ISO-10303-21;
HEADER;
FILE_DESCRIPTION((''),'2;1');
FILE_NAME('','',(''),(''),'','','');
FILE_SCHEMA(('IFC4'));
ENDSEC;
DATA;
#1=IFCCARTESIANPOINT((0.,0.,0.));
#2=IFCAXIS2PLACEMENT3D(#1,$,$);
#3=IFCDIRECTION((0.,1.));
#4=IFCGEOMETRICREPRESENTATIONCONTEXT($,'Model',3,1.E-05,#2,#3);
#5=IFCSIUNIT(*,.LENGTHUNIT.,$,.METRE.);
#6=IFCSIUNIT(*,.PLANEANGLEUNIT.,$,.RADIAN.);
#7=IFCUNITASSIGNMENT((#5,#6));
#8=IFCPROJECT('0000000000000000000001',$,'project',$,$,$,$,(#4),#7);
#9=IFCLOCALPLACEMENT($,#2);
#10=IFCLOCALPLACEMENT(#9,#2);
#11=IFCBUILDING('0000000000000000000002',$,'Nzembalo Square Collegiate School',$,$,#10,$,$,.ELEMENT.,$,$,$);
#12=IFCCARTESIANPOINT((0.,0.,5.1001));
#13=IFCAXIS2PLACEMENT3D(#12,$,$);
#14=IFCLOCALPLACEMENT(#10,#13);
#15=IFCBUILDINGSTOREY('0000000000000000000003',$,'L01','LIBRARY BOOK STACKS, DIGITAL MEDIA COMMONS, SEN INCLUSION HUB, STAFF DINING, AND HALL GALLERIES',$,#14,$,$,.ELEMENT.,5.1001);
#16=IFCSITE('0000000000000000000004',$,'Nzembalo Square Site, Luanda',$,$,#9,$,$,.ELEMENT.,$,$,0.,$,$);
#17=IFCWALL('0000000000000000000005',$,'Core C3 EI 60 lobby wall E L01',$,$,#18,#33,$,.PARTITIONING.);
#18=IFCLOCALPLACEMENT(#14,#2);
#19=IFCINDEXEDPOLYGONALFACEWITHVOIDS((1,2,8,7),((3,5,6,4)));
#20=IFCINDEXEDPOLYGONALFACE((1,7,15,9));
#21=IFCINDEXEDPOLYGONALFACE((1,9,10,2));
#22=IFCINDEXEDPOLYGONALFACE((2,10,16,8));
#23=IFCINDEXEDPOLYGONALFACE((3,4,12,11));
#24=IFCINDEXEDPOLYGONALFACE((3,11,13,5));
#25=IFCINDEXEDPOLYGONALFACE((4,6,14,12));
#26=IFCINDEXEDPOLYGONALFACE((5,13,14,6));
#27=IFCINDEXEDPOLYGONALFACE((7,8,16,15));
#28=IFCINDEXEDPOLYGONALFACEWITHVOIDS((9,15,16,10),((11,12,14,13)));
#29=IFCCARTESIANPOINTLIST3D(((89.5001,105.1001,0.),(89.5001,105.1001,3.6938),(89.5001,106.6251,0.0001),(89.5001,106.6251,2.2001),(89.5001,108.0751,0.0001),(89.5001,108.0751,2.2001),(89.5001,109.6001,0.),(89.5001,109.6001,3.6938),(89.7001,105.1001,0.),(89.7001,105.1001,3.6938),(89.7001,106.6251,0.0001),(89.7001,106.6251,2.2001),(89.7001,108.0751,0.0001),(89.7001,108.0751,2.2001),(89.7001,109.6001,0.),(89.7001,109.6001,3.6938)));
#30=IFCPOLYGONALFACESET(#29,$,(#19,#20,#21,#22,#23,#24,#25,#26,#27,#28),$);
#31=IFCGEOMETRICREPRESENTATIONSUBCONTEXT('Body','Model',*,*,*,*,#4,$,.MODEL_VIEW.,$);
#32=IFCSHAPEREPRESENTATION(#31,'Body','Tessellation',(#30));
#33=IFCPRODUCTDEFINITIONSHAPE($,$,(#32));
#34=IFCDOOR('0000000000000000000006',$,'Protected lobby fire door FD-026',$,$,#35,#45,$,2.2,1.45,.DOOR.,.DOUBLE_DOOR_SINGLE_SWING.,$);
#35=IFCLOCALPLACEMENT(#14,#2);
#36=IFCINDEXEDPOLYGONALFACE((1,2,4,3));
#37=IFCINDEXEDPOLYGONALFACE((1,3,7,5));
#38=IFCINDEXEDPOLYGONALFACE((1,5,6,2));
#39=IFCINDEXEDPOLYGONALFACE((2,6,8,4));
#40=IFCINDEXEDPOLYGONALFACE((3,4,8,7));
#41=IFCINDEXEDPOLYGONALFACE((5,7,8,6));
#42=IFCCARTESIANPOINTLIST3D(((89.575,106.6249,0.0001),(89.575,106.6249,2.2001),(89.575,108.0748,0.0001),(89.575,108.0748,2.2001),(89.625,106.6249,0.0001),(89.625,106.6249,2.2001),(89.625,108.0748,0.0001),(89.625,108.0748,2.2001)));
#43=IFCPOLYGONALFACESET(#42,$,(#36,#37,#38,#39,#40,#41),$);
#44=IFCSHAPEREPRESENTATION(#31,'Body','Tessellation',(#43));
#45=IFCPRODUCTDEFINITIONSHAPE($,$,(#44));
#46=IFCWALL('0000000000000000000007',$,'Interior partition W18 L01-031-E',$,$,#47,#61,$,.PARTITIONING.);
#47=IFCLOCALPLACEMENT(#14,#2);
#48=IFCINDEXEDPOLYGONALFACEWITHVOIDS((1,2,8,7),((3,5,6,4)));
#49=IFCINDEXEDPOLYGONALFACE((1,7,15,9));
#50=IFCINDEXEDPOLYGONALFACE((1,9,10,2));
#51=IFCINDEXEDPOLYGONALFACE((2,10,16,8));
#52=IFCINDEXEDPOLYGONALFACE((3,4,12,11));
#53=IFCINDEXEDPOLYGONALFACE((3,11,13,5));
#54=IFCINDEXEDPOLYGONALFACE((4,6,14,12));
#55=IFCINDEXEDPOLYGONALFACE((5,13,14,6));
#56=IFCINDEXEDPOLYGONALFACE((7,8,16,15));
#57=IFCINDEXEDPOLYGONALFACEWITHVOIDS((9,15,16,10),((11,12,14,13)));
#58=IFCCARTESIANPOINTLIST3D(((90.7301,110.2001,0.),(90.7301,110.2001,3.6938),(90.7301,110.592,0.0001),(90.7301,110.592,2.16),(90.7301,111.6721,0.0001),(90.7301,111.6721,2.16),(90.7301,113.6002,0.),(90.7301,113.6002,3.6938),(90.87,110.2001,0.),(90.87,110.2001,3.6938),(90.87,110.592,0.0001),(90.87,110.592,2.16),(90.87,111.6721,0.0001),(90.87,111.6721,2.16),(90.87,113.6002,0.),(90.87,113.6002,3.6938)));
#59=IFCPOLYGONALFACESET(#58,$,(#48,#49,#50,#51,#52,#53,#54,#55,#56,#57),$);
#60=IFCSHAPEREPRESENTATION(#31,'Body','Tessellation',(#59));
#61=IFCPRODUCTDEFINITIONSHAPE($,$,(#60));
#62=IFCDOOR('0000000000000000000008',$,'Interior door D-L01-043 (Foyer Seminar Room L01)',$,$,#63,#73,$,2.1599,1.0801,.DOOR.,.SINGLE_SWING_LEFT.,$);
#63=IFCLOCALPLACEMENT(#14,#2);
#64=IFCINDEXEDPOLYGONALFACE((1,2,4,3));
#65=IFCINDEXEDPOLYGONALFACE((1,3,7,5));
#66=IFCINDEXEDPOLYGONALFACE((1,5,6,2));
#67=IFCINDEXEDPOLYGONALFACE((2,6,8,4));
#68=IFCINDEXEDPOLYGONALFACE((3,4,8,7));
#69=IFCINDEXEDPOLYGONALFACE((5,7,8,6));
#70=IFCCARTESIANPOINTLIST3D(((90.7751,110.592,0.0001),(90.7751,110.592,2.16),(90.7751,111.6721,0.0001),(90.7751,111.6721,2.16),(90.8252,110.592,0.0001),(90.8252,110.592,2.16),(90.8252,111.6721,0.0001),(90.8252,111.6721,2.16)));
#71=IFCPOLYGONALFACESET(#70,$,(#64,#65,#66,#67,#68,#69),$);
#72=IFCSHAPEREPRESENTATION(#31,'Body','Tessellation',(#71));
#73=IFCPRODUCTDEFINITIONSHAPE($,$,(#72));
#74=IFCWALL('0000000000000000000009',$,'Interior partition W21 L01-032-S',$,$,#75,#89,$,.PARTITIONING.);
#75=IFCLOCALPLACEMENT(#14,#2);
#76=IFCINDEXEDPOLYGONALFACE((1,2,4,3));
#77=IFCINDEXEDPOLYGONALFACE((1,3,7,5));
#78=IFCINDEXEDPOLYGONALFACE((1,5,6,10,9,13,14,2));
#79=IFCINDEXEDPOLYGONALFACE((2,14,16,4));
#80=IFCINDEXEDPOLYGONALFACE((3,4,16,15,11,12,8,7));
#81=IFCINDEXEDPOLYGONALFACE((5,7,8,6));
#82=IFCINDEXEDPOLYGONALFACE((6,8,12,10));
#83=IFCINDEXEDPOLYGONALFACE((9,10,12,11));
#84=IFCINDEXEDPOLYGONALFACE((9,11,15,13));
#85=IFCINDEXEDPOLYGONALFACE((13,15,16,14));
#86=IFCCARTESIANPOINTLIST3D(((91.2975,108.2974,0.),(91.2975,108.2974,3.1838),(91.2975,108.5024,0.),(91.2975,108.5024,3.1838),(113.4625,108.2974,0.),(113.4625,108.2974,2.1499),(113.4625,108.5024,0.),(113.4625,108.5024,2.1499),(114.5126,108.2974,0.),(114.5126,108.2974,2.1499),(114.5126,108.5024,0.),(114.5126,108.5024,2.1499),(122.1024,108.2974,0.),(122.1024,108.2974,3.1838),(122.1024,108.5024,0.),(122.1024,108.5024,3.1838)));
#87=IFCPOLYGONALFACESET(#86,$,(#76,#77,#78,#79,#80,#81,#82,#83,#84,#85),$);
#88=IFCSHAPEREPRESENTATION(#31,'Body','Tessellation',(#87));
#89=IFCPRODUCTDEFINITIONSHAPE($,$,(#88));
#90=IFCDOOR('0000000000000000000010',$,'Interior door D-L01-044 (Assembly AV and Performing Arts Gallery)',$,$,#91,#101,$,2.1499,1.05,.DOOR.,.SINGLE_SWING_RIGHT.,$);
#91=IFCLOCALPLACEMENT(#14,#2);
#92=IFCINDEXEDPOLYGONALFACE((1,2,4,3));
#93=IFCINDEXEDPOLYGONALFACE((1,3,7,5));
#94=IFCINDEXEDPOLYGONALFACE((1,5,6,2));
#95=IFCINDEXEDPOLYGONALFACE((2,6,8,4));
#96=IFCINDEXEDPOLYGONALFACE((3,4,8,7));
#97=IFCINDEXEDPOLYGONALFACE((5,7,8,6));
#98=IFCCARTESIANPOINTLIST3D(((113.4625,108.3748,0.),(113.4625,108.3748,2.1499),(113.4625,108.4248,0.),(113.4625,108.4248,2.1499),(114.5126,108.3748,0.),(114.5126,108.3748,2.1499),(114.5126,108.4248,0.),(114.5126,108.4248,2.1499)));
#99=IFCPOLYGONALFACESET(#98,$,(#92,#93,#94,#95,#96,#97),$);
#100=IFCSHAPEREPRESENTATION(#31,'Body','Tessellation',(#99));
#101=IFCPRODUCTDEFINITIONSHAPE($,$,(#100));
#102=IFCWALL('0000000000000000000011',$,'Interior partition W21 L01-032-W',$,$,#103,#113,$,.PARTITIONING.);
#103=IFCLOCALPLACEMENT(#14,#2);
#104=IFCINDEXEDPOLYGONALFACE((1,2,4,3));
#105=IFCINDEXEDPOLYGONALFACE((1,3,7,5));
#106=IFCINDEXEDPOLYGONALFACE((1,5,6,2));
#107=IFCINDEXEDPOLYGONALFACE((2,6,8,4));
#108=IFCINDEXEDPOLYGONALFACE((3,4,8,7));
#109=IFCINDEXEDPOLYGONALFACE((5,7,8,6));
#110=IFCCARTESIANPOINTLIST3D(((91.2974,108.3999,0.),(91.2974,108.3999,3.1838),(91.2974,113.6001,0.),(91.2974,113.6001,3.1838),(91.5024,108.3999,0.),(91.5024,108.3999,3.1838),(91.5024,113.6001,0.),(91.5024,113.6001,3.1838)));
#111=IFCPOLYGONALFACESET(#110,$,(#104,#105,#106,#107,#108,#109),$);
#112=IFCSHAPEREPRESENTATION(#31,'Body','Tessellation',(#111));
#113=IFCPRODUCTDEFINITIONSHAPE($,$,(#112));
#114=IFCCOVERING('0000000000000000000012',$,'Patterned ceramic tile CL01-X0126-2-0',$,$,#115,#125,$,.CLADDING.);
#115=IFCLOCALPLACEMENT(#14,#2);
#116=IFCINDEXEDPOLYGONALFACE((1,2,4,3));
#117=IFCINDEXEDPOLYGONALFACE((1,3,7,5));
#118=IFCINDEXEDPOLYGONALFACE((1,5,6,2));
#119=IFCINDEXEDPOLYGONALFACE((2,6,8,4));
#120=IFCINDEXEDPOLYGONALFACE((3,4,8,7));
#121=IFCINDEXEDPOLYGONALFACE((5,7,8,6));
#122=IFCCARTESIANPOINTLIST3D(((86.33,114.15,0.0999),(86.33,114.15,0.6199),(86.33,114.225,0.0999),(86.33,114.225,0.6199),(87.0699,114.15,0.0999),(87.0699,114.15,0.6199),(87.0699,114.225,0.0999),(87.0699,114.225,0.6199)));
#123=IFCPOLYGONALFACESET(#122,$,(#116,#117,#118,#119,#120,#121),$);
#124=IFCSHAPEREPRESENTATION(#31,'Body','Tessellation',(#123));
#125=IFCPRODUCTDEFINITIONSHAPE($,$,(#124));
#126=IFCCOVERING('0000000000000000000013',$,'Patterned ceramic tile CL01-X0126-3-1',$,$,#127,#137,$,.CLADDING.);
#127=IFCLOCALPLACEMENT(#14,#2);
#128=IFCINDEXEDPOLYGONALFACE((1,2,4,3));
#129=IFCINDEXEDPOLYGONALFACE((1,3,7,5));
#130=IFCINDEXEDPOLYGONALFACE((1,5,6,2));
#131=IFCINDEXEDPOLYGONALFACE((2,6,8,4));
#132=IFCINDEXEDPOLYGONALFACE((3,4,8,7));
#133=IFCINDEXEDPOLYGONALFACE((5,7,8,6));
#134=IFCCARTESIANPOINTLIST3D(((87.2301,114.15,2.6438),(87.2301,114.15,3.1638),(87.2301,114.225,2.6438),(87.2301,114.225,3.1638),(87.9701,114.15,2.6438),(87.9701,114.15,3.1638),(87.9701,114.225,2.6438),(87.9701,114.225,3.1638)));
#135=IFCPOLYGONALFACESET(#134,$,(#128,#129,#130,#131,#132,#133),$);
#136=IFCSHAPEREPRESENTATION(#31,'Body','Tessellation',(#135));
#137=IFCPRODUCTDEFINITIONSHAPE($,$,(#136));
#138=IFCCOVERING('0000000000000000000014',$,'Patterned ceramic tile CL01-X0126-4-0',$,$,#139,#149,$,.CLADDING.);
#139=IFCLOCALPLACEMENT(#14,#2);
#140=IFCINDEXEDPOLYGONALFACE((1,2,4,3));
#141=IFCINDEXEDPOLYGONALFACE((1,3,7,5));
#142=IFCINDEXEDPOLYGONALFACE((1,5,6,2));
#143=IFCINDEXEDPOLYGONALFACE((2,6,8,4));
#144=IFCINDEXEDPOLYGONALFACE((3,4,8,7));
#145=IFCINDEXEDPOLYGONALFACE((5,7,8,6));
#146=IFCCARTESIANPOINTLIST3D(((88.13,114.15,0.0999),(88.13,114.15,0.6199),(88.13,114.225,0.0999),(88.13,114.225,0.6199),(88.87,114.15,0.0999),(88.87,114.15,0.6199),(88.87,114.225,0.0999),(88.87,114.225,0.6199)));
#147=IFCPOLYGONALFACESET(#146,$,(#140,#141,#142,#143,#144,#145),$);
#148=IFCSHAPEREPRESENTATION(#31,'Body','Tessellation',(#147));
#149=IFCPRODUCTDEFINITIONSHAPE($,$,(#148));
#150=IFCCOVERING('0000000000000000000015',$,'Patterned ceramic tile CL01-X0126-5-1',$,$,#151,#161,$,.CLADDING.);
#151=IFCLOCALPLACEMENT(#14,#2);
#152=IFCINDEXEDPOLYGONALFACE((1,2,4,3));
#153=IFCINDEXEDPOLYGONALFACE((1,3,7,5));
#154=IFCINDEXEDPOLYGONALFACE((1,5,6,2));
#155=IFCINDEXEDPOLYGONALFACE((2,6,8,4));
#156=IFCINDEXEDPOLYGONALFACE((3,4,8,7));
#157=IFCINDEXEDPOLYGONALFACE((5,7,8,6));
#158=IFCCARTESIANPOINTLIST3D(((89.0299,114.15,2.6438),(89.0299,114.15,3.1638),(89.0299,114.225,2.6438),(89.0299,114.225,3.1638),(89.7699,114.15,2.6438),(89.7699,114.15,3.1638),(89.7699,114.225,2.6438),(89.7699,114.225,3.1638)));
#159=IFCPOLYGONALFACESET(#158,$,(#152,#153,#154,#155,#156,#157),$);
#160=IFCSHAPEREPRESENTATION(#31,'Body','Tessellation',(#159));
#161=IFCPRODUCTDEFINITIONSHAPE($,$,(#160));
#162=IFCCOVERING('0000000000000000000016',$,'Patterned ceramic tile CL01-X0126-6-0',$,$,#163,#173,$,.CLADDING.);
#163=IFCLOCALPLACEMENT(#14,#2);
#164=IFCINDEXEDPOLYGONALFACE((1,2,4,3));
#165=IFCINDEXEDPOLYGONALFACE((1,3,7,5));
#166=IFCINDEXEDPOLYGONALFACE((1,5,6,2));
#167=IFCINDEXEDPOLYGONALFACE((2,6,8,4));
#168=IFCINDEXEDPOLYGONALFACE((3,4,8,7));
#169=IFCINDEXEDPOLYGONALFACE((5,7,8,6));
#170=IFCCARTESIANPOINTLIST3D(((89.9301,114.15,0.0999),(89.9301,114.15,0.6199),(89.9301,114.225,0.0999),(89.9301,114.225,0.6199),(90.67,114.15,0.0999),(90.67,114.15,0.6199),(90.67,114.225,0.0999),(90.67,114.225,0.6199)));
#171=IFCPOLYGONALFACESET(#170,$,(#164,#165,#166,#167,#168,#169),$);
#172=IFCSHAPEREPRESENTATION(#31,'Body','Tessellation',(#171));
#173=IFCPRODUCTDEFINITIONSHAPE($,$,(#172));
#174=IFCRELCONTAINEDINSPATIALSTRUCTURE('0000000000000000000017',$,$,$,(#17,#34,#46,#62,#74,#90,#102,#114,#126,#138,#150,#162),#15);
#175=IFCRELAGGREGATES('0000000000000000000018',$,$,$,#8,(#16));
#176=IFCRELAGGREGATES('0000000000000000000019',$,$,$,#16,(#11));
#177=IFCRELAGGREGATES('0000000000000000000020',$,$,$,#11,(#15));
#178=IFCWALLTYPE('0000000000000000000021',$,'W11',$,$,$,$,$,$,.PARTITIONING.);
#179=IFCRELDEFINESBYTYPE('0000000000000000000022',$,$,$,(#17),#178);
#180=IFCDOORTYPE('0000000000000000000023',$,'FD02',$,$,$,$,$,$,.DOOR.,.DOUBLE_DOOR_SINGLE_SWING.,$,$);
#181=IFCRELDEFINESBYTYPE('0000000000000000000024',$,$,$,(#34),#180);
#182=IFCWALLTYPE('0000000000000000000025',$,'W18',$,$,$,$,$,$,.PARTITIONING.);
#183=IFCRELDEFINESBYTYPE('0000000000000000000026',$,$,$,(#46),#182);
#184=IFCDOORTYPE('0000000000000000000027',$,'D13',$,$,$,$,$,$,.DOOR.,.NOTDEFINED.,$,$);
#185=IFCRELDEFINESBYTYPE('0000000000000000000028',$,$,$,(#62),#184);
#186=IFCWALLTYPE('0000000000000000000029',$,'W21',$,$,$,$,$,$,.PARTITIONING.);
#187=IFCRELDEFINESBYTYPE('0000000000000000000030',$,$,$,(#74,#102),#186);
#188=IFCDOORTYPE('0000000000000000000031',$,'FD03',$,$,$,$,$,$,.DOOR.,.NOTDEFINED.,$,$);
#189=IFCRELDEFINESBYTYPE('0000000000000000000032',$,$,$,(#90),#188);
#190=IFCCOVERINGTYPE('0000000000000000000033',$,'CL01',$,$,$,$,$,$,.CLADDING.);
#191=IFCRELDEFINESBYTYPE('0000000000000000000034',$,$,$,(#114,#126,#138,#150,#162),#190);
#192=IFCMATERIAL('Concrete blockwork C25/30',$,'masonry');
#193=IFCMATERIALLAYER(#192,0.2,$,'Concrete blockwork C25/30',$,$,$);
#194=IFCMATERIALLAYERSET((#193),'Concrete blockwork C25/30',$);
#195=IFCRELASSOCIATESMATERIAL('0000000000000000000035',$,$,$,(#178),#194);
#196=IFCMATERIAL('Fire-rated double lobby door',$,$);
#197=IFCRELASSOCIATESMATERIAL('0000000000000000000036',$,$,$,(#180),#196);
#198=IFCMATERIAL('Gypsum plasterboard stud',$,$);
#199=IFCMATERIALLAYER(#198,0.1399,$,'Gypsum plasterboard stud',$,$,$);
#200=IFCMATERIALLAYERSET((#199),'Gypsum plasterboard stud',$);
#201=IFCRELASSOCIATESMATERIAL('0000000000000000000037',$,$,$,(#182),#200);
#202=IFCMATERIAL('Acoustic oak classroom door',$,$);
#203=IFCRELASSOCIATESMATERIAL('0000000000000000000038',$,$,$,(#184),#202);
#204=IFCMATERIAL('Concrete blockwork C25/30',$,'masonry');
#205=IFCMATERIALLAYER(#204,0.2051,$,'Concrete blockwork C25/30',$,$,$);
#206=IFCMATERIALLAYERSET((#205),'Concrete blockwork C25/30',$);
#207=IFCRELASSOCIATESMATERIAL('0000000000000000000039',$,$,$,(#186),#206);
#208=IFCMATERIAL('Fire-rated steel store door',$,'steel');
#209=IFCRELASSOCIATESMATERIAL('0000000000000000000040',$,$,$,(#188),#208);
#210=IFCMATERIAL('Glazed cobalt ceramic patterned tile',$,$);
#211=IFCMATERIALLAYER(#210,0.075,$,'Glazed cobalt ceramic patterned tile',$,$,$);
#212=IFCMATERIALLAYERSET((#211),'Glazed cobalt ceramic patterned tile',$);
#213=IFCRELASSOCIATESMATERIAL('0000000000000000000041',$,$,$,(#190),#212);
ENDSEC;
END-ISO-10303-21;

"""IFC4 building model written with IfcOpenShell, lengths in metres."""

from ifc_helpers import new_model, si_unit, direction, frame, frame_2d, origin, origin_2d, place, context, subcontext, project, spatial, rectangle, extrude, material, layer, layer_set, type_object, element, fill, save


model = new_model("IFC4")

# Units and contexts
model_context = context("Model", 3, precision=1e-05, world=origin(), true_north=direction((0.0, 1.0)))
body_context = subcontext(model_context, "Body", "Model", "MODEL_VIEW")
ifc_project = project(units=[si_unit("LENGTHUNIT", "METRE"), si_unit("PLANEANGLEUNIT", "RADIAN")], contexts=[model_context])

# Site, building, storey
site_placement = place(None, origin())
site = spatial("IfcSite", under=ifc_project, at=site_placement, Name="Nzembalo Square Site, Luanda", CompositionType="ELEMENT", RefElevation=0.0)
building_placement = place(site_placement, origin())
building = spatial("IfcBuilding", under=site, at=building_placement, Name="Nzembalo Square Collegiate School", CompositionType="ELEMENT")
storey_placement = place(building_placement, frame((0.0, 0.0, 5.1001)))
storey = spatial("IfcBuildingStorey", under=building, at=storey_placement, Name="L01", Description="LIBRARY BOOK STACKS, DIGITAL MEDIA COMMONS, SEN INCLUSION HUB, STAFF DINING, AND HALL GALLERIES", CompositionType="ELEMENT", Elevation=5.1001)

# Walls, openings, doors
ifc_material_1 = material(Name="Concrete blockwork C25/30", Category="masonry")
ifc_layer_1 = layer(ifc_material_1, 0.2, Name="Concrete blockwork C25/30")
ifc_layer_set_1 = layer_set([ifc_layer_1], Name="Concrete blockwork C25/30")
wall_type_1 = type_object("IfcWallType", Name="W11", PredefinedType="PARTITIONING", material=ifc_layer_set_1)
wall_1_placement = place(storey_placement, frame((89.6001, 105.1001, 0.0), z_axis=(0.0, 0.0, 1.0), x_axis=(0.0, 1.0, 0.0)))
wall_1 = element("IfcWall", 1, at=wall_1_placement, inside=storey, type_object=wall_type_1, Name="Core C3 EI 60 lobby wall E L01", PredefinedType="PARTITIONING", context=body_context, shape_type="SweptSolid", body=[
    extrude(rectangle(XDim=4.5, YDim=0.2, at=frame_2d((2.25, 0.0))), origin(), (0.0, 0.0, 1.0), 3.6938),
])
opening_1_placement = place(wall_1_placement, frame((1.5249, 0.0, 0.0)))
opening_1 = element("IfcOpeningElement", 2, at=opening_1_placement, cuts=wall_1, PredefinedType="OPENING", context=body_context, shape_type="SweptSolid", body=[
    extrude(rectangle(XDim=1.45, YDim=2.2, at=frame_2d((0.7251, 1.1001))), frame((0.0, 0.1099, 0.0), z_axis=(0.0, -1.0, 0.0), x_axis=(1.0, 0.0, 0.0)), (0.0, 0.0, 1.0), 0.22),
])
ifc_material_2 = material(Name="Fire-rated double lobby door")
door_type_1 = type_object("IfcDoorType", Name="FD02", OperationType="DOUBLE_DOOR_SINGLE_SWING", PredefinedType="DOOR", material=ifc_material_2)
door_1_placement = place(opening_1_placement, frame((1.45, 0.0, 0.0), z_axis=(0.0, 0.0, 1.0), x_axis=(-1.0, 0.0, 0.0)))
door_1 = element("IfcDoor", 3, at=door_1_placement, inside=storey, type_object=door_type_1, Name="Protected lobby fire door FD-026", OperationType="DOUBLE_DOOR_SINGLE_SWING", OverallHeight=2.2, OverallWidth=1.45, PredefinedType="DOOR", context=body_context, shape_type="SweptSolid", body=[
    extrude(rectangle(XDim=1.45, YDim=2.2, at=frame_2d((0.7251, 1.1001))), frame((0.0, 0.0249, 0.0), z_axis=(0.0, -1.0, 0.0), x_axis=(1.0, 0.0, 0.0)), (0.0, 0.0, 1.0), 0.05),
])
fill(opening_1, door_1)
ifc_material_3 = material(Name="Gypsum plasterboard stud")
ifc_layer_2 = layer(ifc_material_3, 0.1399, Name="Gypsum plasterboard stud")
ifc_layer_set_2 = layer_set([ifc_layer_2], Name="Gypsum plasterboard stud")
wall_type_2 = type_object("IfcWallType", Name="W18", PredefinedType="PARTITIONING", material=ifc_layer_set_2)
wall_2_placement = place(storey_placement, frame((90.8, 110.2, 0.0), z_axis=(0.0, 0.0, 1.0), x_axis=(0.0, 1.0, 0.0)))
wall_2 = element("IfcWall", 4, at=wall_2_placement, inside=storey, type_object=wall_type_2, Name="Interior partition W18 L01-031-E", PredefinedType="PARTITIONING", context=body_context, shape_type="SweptSolid", body=[
    extrude(rectangle(XDim=3.4001, YDim=0.1399, at=frame_2d((1.7002, 0.0))), origin(), (0.0, 0.0, 1.0), 3.6938),
])
opening_2_placement = place(wall_2_placement, frame((0.3921, 0.0, 0.0)))
opening_2 = element("IfcOpeningElement", 5, at=opening_2_placement, cuts=wall_2, PredefinedType="OPENING", context=body_context, shape_type="SweptSolid", body=[
    extrude(rectangle(XDim=1.0801, YDim=2.1599, at=frame_2d((0.54, 1.0801))), frame((0.0, 0.0801, 0.0), z_axis=(0.0, -1.0, 0.0), x_axis=(1.0, 0.0, 0.0)), (0.0, 0.0, 1.0), 0.1599),
])
ifc_material_4 = material(Name="Acoustic oak classroom door")
door_type_2 = type_object("IfcDoorType", Name="D13", OperationType="NOTDEFINED", PredefinedType="DOOR", material=ifc_material_4)
door_2_placement = place(opening_2_placement, origin())
door_2 = element("IfcDoor", 6, at=door_2_placement, inside=storey, type_object=door_type_2, Name="Interior door D-L01-043 (Foyer Seminar Room L01)", OperationType="SINGLE_SWING_LEFT", OverallHeight=2.1599, OverallWidth=1.0801, PredefinedType="DOOR", context=body_context, shape_type="SweptSolid", body=[
    extrude(rectangle(XDim=1.0801, YDim=2.1599, at=frame_2d((0.54, 1.0801))), frame((0.0, 0.0249, 0.0), z_axis=(0.0, -1.0, 0.0), x_axis=(1.0, 0.0, 0.0)), (0.0, 0.0, 1.0), 0.05),
])
fill(opening_2, door_2)
ifc_material_5 = material(Name="Concrete blockwork C25/30", Category="masonry")
ifc_layer_3 = layer(ifc_material_5, 0.2051, Name="Concrete blockwork C25/30")
ifc_layer_set_3 = layer_set([ifc_layer_3], Name="Concrete blockwork C25/30")
wall_type_3 = type_object("IfcWallType", Name="W21", PredefinedType="PARTITIONING", material=ifc_layer_set_3)
wall_3_placement = place(storey_placement, frame((91.2976, 108.3999, 0.0), z_axis=(0.0, 0.0, 1.0), x_axis=(1.0, 0.0, 0.0)))
wall_3 = element("IfcWall", 7, at=wall_3_placement, inside=storey, type_object=wall_type_3, Name="Interior partition W21 L01-032-S", PredefinedType="PARTITIONING", context=body_context, shape_type="SweptSolid", body=[
    extrude(rectangle(XDim=30.8049, YDim=0.2051, at=frame_2d((15.4023, 0.0))), origin(), (0.0, 0.0, 1.0), 3.1838),
])
opening_3_placement = place(wall_3_placement, frame((22.165, 0.0, 0.0)))
opening_3 = element("IfcOpeningElement", 8, at=opening_3_placement, cuts=wall_3, PredefinedType="OPENING", context=body_context, shape_type="SweptSolid", body=[
    extrude(rectangle(XDim=1.05, YDim=2.1499, at=frame_2d((0.5249, 1.075))), frame((0.0, 0.1125, 0.0), z_axis=(0.0, -1.0, 0.0), x_axis=(1.0, 0.0, 0.0)), (0.0, 0.0, 1.0), 0.2251),
])
ifc_material_6 = material(Name="Fire-rated steel store door", Category="steel")
door_type_3 = type_object("IfcDoorType", Name="FD03", OperationType="NOTDEFINED", PredefinedType="DOOR", material=ifc_material_6)
door_3_placement = place(opening_3_placement, origin())
door_3 = element("IfcDoor", 9, at=door_3_placement, inside=storey, type_object=door_type_3, Name="Interior door D-L01-044 (Assembly AV and Performing Arts Gallery)", OperationType="SINGLE_SWING_RIGHT", OverallHeight=2.1499, OverallWidth=1.05, PredefinedType="DOOR", context=body_context, shape_type="SweptSolid", body=[
    extrude(rectangle(XDim=1.05, YDim=2.1499, at=frame_2d((0.5249, 1.075))), frame((0.0, 0.0249, 0.0), z_axis=(0.0, -1.0, 0.0), x_axis=(1.0, 0.0, 0.0)), (0.0, 0.0, 1.0), 0.05),
])
fill(opening_3, door_3)

# Wall
wall_4_placement = place(storey_placement, frame((91.3999, 108.3999, 0.0), z_axis=(0.0, 0.0, 1.0), x_axis=(0.0, 1.0, 0.0)))
element("IfcWall", 10, at=wall_4_placement, inside=storey, type_object=wall_type_3, Name="Interior partition W21 L01-032-W", PredefinedType="PARTITIONING", context=body_context, shape_type="SweptSolid", body=[
    extrude(rectangle(XDim=5.2002, YDim=0.2051, at=frame_2d((2.6001, 0.0))), origin(), (0.0, 0.0, 1.0), 3.1838),
])

# Coverings
ifc_material_7 = material(Name="Glazed cobalt ceramic patterned tile")
ifc_layer_4 = layer(ifc_material_7, 0.075, Name="Glazed cobalt ceramic patterned tile")
ifc_layer_set_4 = layer_set([ifc_layer_4], Name="Glazed cobalt ceramic patterned tile")
covering_type_1 = type_object("IfcCoveringType", Name="CL01", PredefinedType="CLADDING", material=ifc_layer_set_4)
for number, where, z_axis, x_axis, name in (
    (11, (86.7, 114.1875, 0.0999), (0.0, 0.0, 1.0), (1.0, 0.0, 0.0), "Patterned ceramic tile CL01-X0126-2-0"),
    (12, (87.6001, 114.1875, 2.6438), (0.0, 0.0, 1.0), (1.0, 0.0, 0.0), "Patterned ceramic tile CL01-X0126-3-1"),
    (13, (88.5, 114.1875, 0.0999), (0.0, 0.0, 1.0), (1.0, 0.0, 0.0), "Patterned ceramic tile CL01-X0126-4-0"),
    (14, (89.3999, 114.1875, 2.6438), (0.0, 0.0, 1.0), (1.0, 0.0, 0.0), "Patterned ceramic tile CL01-X0126-5-1"),
    (15, (90.3, 114.1875, 0.0999), (0.0, 0.0, 1.0), (1.0, 0.0, 0.0), "Patterned ceramic tile CL01-X0126-6-0"),
):
    element("IfcCovering", number, at=place(storey_placement, frame(where, z_axis=z_axis, x_axis=x_axis)), inside=storey, type_object=covering_type_1, Name=name, PredefinedType="CLADDING", context=body_context, shape_type="SweptSolid", body=[
        extrude(rectangle(XDim=0.74, YDim=0.075, at=origin_2d()), origin(), (0.0, 0.0, 1.0), 0.52),
    ])

save(model, "model.ifc")
